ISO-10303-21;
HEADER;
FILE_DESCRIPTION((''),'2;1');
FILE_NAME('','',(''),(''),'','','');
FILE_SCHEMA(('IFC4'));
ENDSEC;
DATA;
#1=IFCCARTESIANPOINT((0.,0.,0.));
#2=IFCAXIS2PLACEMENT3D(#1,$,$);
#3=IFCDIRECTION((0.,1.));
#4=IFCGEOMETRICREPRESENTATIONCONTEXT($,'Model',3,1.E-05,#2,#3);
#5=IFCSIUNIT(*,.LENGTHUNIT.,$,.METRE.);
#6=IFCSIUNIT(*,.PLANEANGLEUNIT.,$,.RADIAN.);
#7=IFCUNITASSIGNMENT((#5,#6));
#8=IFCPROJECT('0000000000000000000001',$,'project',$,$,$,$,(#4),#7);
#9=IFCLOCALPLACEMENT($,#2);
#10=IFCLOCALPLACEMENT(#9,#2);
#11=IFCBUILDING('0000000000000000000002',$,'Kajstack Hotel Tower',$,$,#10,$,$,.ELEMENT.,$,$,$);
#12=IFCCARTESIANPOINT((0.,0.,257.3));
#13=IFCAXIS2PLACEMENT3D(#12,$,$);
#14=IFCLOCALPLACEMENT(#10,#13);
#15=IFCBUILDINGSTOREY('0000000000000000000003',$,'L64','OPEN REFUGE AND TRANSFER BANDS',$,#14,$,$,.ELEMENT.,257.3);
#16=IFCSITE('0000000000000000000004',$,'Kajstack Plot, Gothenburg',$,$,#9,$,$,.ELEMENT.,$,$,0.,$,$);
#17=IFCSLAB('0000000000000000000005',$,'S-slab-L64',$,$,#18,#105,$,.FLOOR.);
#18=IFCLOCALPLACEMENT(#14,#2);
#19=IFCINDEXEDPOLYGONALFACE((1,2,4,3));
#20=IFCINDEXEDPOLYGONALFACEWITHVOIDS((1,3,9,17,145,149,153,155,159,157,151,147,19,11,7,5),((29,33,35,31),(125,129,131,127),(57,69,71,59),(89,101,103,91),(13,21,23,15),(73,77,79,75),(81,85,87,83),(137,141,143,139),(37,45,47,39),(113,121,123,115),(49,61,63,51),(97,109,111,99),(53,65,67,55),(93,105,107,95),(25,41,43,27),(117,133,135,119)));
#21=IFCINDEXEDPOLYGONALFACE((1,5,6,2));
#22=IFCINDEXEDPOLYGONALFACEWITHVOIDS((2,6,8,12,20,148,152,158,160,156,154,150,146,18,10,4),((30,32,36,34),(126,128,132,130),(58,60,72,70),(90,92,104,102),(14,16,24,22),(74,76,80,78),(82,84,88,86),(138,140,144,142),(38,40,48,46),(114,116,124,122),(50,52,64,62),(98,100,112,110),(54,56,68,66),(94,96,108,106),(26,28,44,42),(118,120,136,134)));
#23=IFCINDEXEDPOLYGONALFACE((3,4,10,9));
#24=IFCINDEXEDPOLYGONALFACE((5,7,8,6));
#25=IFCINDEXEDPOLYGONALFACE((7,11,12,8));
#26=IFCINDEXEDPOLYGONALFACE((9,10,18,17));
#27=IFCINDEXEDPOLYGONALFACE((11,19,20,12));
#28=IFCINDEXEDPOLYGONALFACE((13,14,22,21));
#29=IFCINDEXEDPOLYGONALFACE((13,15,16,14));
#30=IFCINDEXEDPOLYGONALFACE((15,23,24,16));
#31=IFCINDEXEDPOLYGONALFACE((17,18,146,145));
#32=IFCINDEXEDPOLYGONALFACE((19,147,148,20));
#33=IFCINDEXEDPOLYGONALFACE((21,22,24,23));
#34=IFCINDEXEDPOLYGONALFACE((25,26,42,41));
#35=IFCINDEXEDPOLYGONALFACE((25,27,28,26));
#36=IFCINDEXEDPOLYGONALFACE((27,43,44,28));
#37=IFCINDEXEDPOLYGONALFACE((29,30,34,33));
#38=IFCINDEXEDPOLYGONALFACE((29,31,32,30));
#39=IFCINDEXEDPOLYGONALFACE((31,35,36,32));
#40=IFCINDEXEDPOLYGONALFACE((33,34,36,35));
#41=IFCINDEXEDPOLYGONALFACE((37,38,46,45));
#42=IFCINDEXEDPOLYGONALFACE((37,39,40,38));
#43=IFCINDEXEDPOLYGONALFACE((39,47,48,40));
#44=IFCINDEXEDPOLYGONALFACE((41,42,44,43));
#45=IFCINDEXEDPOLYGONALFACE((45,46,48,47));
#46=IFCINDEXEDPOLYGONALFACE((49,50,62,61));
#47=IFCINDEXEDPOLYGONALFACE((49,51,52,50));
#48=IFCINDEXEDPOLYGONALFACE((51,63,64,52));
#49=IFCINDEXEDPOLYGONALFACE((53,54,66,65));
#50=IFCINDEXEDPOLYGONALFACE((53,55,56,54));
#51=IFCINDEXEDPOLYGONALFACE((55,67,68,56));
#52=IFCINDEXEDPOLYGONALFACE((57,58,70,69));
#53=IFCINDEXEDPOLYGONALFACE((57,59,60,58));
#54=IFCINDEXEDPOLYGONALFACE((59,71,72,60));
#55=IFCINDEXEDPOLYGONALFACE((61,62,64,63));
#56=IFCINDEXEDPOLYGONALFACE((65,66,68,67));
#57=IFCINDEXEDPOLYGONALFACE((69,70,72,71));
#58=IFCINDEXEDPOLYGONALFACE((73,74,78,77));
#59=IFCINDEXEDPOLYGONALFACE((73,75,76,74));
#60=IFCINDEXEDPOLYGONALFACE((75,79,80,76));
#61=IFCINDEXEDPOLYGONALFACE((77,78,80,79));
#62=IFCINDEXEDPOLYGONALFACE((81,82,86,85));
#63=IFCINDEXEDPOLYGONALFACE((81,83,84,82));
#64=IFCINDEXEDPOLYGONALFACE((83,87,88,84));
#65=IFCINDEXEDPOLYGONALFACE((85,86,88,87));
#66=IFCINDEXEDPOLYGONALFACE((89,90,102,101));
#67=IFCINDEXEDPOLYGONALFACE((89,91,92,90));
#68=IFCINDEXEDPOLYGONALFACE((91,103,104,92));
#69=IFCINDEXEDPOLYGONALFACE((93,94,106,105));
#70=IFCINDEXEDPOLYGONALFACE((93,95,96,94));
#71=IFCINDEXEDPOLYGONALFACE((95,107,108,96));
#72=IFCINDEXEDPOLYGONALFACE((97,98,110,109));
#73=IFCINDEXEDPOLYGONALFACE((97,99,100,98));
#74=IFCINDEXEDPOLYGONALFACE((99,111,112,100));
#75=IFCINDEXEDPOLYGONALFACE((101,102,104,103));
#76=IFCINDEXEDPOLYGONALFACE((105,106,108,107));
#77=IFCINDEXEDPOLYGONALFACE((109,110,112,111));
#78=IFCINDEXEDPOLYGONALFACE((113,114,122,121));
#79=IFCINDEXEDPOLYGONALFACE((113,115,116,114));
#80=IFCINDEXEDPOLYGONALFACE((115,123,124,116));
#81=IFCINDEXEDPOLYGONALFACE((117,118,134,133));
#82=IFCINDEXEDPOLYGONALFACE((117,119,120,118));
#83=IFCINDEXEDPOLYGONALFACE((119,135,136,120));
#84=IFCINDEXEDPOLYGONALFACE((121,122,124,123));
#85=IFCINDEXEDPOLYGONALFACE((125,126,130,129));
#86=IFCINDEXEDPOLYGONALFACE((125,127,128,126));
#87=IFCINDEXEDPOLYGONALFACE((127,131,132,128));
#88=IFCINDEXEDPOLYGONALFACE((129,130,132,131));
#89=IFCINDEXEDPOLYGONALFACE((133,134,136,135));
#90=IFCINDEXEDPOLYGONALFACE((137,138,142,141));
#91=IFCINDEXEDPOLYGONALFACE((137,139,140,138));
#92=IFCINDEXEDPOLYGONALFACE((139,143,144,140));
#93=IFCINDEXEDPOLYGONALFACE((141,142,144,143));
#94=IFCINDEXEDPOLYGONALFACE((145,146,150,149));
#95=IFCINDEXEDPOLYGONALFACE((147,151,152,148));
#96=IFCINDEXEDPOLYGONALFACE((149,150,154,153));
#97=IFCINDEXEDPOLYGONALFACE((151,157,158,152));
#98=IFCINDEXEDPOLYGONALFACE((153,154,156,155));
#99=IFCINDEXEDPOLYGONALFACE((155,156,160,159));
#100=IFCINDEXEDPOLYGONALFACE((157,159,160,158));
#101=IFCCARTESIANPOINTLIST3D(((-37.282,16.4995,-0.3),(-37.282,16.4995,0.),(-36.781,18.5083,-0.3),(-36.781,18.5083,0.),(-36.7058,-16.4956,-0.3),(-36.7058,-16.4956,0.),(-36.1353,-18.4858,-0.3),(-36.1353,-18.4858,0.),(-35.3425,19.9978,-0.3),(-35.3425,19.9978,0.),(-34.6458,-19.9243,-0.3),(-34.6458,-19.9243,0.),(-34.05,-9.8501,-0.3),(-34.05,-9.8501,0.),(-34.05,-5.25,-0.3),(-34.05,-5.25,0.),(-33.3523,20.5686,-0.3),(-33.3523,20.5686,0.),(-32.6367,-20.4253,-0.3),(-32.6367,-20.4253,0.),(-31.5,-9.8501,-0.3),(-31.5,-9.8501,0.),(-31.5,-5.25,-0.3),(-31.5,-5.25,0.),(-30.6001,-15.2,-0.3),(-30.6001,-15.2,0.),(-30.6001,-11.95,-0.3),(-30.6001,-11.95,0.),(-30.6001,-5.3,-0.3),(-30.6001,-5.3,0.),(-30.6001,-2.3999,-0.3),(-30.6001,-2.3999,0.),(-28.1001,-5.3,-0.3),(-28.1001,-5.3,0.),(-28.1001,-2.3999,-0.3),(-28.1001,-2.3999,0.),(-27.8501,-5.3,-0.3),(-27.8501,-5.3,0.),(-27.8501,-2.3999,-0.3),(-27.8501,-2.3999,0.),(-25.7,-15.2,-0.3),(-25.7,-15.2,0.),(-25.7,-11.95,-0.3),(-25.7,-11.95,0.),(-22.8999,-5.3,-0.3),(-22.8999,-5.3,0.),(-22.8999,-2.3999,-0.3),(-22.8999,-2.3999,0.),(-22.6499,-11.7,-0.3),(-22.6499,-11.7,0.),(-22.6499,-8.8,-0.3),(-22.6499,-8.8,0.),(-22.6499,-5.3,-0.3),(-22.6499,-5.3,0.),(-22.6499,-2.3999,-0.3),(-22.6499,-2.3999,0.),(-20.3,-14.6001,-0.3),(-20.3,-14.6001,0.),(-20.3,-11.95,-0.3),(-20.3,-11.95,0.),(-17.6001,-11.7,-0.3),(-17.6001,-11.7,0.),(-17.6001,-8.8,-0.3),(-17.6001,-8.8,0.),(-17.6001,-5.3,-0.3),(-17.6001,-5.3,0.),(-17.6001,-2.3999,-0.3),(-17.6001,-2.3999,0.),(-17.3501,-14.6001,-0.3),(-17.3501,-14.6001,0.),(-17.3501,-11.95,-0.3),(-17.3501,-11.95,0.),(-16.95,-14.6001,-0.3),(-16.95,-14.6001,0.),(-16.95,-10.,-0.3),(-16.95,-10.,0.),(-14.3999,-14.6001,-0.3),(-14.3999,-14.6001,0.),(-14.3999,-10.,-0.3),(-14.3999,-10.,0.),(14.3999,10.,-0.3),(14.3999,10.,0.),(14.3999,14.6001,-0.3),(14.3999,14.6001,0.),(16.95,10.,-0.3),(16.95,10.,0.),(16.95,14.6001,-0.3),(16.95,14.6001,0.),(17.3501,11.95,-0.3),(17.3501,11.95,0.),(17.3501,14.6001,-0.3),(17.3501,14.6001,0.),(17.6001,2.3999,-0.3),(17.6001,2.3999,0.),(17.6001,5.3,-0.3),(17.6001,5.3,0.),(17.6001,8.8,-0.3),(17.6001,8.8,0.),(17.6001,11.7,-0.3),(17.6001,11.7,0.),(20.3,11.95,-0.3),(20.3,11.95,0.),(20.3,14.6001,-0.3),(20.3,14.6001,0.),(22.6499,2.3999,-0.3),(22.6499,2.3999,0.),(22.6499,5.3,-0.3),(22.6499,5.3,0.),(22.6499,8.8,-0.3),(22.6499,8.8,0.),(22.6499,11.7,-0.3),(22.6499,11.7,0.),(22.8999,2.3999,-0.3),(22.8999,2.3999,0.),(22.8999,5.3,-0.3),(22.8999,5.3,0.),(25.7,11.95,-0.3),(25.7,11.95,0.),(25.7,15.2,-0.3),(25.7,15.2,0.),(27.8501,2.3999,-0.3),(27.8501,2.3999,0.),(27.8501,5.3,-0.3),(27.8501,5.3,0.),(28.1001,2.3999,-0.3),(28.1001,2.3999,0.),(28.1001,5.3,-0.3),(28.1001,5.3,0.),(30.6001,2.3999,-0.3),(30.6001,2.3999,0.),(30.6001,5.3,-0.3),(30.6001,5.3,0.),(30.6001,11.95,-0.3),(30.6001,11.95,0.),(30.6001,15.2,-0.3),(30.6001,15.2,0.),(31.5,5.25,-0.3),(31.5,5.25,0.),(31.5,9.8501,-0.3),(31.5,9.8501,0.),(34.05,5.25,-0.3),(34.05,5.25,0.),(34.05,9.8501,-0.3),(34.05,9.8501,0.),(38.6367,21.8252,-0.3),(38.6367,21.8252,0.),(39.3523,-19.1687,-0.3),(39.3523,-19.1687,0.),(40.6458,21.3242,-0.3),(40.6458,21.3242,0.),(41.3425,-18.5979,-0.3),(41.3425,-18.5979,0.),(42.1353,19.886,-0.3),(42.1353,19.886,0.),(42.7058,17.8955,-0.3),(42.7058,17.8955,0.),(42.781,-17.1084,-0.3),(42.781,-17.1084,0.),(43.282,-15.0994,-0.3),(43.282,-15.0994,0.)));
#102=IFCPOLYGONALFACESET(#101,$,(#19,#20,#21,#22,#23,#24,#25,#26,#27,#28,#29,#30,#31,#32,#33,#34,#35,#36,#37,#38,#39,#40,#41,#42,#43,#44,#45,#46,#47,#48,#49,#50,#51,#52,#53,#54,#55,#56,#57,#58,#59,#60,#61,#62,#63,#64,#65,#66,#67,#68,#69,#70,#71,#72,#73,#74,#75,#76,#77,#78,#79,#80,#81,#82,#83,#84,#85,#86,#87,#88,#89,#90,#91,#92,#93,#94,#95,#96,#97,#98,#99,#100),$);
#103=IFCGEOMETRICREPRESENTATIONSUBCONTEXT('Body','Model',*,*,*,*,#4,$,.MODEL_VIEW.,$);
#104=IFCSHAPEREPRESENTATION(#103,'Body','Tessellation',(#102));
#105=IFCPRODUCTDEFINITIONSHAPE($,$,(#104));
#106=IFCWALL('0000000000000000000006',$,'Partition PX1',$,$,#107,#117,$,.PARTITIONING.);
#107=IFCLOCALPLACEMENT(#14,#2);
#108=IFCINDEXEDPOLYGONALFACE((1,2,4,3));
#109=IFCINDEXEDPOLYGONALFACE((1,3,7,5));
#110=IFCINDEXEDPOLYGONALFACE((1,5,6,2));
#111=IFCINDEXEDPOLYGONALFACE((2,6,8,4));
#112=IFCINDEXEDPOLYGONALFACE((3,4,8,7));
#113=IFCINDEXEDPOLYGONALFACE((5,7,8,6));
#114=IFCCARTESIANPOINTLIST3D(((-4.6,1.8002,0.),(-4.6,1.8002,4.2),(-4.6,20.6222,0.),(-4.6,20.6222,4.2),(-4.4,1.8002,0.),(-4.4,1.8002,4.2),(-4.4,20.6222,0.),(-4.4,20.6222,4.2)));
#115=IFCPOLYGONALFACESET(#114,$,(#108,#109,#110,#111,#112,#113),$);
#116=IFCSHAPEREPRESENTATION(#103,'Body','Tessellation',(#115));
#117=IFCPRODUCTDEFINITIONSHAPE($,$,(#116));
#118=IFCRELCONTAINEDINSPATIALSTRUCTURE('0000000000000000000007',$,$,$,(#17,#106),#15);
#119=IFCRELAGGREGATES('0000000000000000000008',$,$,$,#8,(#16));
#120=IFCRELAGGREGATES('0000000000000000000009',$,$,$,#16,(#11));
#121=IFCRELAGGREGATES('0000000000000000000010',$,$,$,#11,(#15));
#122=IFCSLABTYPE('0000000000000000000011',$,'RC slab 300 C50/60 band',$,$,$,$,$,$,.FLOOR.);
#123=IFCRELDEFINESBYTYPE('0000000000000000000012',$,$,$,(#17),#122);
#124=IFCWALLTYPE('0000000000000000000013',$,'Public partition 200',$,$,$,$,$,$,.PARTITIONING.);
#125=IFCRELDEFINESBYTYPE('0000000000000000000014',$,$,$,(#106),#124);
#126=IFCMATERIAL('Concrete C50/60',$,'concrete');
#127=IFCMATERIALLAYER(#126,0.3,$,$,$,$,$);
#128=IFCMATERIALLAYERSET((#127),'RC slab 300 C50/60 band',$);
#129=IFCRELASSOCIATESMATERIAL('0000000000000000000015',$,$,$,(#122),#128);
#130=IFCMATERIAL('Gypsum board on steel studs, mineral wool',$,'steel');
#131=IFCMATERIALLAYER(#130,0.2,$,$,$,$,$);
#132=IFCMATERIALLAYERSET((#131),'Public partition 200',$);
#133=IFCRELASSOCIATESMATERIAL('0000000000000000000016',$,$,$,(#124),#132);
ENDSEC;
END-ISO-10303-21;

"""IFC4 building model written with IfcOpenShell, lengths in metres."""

from ifc_helpers import new_model, si_unit, direction, frame, frame_2d, origin, place, context, subcontext, project, spatial, polyline, rectangle, outline, extrude, material, layer, layer_set, type_object, element, save


model = new_model("IFC4")

# Units and contexts
model_context = context("Model", 3, precision=1e-05, world=origin(), true_north=direction((0.0, 1.0)))
body_context = subcontext(model_context, "Body", "Model", "MODEL_VIEW")
ifc_project = project(units=[si_unit("LENGTHUNIT", "METRE"), si_unit("PLANEANGLEUNIT", "RADIAN")], contexts=[model_context])

# Site, building, storey
site_placement = place(None, origin())
site = spatial("IfcSite", under=ifc_project, at=site_placement, Name="Kajstack Plot, Gothenburg", CompositionType="ELEMENT", RefElevation=0.0)
building_placement = place(site_placement, origin())
building = spatial("IfcBuilding", under=site, at=building_placement, Name="Kajstack Hotel Tower", CompositionType="ELEMENT")
storey_placement = place(building_placement, frame((0.0, 0.0, 257.3)))
storey = spatial("IfcBuildingStorey", under=building, at=storey_placement, Name="L64", Description="OPEN REFUGE AND TRANSFER BANDS", CompositionType="ELEMENT", Elevation=257.3)

# Slab
ifc_material_1 = material(Name="Concrete C50/60", Category="concrete")
ifc_layer_1 = layer(ifc_material_1, 0.3)
ifc_layer_set_1 = layer_set([ifc_layer_1], Name="RC slab 300 C50/60 band")
slab_type = type_object("IfcSlabType", Name="RC slab 300 C50/60 band", PredefinedType="FLOOR", material=ifc_layer_set_1)
slab_placement = place(storey_placement, frame((0.0, 0.0, -0.3)))
element("IfcSlab", 1, at=slab_placement, inside=storey, type_object=slab_type, Name="S-slab-L64", PredefinedType="FLOOR", context=body_context, shape_type="SweptSolid", body=[
    extrude(outline(polyline([(-37.282, 16.4995), (-36.7058, -16.4956), (-36.1353, -18.4858), (-34.6458, -19.9243), (-32.6367, -20.4253), (39.3523, -19.1687), (41.3425, -18.5979), (42.781, -17.1084), (43.282, -15.0994), (42.7058, 17.8955), (42.1353, 19.886), (40.6458, 21.3242), (38.6367, 21.8252), (-33.3523, 20.5686), (-35.3425, 19.9978), (-36.781, 18.5083), (-37.282, 16.4995)]), holes=[polyline([(-22.6499, -11.7), (-22.6499, -8.8), (-17.6001, -8.8), (-17.6001, -11.7), (-22.6499, -11.7)]), polyline([(-27.8501, -5.3), (-27.8501, -2.3999), (-22.8999, -2.3999), (-22.8999, -5.3), (-27.8501, -5.3)]), polyline([(-22.6499, -5.3), (-22.6499, -2.3999), (-17.6001, -2.3999), (-17.6001, -5.3), (-22.6499, -5.3)]), polyline([(-20.3, -14.6001), (-17.3501, -14.6001), (-17.3501, -11.95), (-20.3, -11.95), (-20.3, -14.6001)]), polyline([(-30.6001, -5.3), (-28.1001, -5.3), (-28.1001, -2.3999), (-30.6001, -2.3999), (-30.6001, -5.3)]), polyline([(17.6001, 8.8), (17.6001, 11.7), (22.6499, 11.7), (22.6499, 8.8), (17.6001, 8.8)]), polyline([(22.8999, 2.3999), (22.8999, 5.3), (27.8501, 5.3), (27.8501, 2.3999), (22.8999, 2.3999)]), polyline([(17.6001, 2.3999), (17.6001, 5.3), (22.6499, 5.3), (22.6499, 2.3999), (17.6001, 2.3999)]), polyline([(20.3, 14.6001), (17.3501, 14.6001), (17.3501, 11.95), (20.3, 11.95), (20.3, 14.6001)]), polyline([(30.6001, 5.3), (28.1001, 5.3), (28.1001, 2.3999), (30.6001, 2.3999), (30.6001, 5.3)]), polyline([(-34.05, -9.8501), (-31.5, -9.8501), (-31.5, -5.25), (-34.05, -5.25), (-34.05, -9.8501)]), polyline([(-16.95, -14.6001), (-14.3999, -14.6001), (-14.3999, -10.0), (-16.95, -10.0), (-16.95, -14.6001)]), polyline([(-30.6001, -15.2), (-25.7, -15.2), (-25.7, -11.95), (-30.6001, -11.95), (-30.6001, -15.2)]), polyline([(34.05, 9.8501), (31.5, 9.8501), (31.5, 5.25), (34.05, 5.25), (34.05, 9.8501)]), polyline([(16.95, 14.6001), (14.3999, 14.6001), (14.3999, 10.0), (16.95, 10.0), (16.95, 14.6001)]), polyline([(30.6001, 15.2), (25.7, 15.2), (25.7, 11.95), (30.6001, 11.95), (30.6001, 15.2)])]), origin(), (0.0, 0.0, 1.0), 0.3),
])

# Wall
ifc_material_2 = material(Name="Gypsum board on steel studs, mineral wool", Category="steel")
ifc_layer_2 = layer(ifc_material_2, 0.2)
ifc_layer_set_2 = layer_set([ifc_layer_2], Name="Public partition 200")
wall_type = type_object("IfcWallType", Name="Public partition 200", PredefinedType="PARTITIONING", material=ifc_layer_set_2)
wall_1_placement = place(storey_placement, frame((-4.5, 1.8, 0.0), z_axis=(0.0, 0.0, 1.0), x_axis=(0.0, 1.0, 0.0)))
element("IfcWall", 2, at=wall_1_placement, inside=storey, type_object=wall_type, Name="Partition PX1", PredefinedType="PARTITIONING", context=body_context, shape_type="SweptSolid", body=[
    extrude(rectangle(XDim=18.822, YDim=0.2, at=frame_2d((9.4111, 0.0))), origin(), (0.0, 0.0, 1.0), 4.2),
])

save(model, "model.ifc")
